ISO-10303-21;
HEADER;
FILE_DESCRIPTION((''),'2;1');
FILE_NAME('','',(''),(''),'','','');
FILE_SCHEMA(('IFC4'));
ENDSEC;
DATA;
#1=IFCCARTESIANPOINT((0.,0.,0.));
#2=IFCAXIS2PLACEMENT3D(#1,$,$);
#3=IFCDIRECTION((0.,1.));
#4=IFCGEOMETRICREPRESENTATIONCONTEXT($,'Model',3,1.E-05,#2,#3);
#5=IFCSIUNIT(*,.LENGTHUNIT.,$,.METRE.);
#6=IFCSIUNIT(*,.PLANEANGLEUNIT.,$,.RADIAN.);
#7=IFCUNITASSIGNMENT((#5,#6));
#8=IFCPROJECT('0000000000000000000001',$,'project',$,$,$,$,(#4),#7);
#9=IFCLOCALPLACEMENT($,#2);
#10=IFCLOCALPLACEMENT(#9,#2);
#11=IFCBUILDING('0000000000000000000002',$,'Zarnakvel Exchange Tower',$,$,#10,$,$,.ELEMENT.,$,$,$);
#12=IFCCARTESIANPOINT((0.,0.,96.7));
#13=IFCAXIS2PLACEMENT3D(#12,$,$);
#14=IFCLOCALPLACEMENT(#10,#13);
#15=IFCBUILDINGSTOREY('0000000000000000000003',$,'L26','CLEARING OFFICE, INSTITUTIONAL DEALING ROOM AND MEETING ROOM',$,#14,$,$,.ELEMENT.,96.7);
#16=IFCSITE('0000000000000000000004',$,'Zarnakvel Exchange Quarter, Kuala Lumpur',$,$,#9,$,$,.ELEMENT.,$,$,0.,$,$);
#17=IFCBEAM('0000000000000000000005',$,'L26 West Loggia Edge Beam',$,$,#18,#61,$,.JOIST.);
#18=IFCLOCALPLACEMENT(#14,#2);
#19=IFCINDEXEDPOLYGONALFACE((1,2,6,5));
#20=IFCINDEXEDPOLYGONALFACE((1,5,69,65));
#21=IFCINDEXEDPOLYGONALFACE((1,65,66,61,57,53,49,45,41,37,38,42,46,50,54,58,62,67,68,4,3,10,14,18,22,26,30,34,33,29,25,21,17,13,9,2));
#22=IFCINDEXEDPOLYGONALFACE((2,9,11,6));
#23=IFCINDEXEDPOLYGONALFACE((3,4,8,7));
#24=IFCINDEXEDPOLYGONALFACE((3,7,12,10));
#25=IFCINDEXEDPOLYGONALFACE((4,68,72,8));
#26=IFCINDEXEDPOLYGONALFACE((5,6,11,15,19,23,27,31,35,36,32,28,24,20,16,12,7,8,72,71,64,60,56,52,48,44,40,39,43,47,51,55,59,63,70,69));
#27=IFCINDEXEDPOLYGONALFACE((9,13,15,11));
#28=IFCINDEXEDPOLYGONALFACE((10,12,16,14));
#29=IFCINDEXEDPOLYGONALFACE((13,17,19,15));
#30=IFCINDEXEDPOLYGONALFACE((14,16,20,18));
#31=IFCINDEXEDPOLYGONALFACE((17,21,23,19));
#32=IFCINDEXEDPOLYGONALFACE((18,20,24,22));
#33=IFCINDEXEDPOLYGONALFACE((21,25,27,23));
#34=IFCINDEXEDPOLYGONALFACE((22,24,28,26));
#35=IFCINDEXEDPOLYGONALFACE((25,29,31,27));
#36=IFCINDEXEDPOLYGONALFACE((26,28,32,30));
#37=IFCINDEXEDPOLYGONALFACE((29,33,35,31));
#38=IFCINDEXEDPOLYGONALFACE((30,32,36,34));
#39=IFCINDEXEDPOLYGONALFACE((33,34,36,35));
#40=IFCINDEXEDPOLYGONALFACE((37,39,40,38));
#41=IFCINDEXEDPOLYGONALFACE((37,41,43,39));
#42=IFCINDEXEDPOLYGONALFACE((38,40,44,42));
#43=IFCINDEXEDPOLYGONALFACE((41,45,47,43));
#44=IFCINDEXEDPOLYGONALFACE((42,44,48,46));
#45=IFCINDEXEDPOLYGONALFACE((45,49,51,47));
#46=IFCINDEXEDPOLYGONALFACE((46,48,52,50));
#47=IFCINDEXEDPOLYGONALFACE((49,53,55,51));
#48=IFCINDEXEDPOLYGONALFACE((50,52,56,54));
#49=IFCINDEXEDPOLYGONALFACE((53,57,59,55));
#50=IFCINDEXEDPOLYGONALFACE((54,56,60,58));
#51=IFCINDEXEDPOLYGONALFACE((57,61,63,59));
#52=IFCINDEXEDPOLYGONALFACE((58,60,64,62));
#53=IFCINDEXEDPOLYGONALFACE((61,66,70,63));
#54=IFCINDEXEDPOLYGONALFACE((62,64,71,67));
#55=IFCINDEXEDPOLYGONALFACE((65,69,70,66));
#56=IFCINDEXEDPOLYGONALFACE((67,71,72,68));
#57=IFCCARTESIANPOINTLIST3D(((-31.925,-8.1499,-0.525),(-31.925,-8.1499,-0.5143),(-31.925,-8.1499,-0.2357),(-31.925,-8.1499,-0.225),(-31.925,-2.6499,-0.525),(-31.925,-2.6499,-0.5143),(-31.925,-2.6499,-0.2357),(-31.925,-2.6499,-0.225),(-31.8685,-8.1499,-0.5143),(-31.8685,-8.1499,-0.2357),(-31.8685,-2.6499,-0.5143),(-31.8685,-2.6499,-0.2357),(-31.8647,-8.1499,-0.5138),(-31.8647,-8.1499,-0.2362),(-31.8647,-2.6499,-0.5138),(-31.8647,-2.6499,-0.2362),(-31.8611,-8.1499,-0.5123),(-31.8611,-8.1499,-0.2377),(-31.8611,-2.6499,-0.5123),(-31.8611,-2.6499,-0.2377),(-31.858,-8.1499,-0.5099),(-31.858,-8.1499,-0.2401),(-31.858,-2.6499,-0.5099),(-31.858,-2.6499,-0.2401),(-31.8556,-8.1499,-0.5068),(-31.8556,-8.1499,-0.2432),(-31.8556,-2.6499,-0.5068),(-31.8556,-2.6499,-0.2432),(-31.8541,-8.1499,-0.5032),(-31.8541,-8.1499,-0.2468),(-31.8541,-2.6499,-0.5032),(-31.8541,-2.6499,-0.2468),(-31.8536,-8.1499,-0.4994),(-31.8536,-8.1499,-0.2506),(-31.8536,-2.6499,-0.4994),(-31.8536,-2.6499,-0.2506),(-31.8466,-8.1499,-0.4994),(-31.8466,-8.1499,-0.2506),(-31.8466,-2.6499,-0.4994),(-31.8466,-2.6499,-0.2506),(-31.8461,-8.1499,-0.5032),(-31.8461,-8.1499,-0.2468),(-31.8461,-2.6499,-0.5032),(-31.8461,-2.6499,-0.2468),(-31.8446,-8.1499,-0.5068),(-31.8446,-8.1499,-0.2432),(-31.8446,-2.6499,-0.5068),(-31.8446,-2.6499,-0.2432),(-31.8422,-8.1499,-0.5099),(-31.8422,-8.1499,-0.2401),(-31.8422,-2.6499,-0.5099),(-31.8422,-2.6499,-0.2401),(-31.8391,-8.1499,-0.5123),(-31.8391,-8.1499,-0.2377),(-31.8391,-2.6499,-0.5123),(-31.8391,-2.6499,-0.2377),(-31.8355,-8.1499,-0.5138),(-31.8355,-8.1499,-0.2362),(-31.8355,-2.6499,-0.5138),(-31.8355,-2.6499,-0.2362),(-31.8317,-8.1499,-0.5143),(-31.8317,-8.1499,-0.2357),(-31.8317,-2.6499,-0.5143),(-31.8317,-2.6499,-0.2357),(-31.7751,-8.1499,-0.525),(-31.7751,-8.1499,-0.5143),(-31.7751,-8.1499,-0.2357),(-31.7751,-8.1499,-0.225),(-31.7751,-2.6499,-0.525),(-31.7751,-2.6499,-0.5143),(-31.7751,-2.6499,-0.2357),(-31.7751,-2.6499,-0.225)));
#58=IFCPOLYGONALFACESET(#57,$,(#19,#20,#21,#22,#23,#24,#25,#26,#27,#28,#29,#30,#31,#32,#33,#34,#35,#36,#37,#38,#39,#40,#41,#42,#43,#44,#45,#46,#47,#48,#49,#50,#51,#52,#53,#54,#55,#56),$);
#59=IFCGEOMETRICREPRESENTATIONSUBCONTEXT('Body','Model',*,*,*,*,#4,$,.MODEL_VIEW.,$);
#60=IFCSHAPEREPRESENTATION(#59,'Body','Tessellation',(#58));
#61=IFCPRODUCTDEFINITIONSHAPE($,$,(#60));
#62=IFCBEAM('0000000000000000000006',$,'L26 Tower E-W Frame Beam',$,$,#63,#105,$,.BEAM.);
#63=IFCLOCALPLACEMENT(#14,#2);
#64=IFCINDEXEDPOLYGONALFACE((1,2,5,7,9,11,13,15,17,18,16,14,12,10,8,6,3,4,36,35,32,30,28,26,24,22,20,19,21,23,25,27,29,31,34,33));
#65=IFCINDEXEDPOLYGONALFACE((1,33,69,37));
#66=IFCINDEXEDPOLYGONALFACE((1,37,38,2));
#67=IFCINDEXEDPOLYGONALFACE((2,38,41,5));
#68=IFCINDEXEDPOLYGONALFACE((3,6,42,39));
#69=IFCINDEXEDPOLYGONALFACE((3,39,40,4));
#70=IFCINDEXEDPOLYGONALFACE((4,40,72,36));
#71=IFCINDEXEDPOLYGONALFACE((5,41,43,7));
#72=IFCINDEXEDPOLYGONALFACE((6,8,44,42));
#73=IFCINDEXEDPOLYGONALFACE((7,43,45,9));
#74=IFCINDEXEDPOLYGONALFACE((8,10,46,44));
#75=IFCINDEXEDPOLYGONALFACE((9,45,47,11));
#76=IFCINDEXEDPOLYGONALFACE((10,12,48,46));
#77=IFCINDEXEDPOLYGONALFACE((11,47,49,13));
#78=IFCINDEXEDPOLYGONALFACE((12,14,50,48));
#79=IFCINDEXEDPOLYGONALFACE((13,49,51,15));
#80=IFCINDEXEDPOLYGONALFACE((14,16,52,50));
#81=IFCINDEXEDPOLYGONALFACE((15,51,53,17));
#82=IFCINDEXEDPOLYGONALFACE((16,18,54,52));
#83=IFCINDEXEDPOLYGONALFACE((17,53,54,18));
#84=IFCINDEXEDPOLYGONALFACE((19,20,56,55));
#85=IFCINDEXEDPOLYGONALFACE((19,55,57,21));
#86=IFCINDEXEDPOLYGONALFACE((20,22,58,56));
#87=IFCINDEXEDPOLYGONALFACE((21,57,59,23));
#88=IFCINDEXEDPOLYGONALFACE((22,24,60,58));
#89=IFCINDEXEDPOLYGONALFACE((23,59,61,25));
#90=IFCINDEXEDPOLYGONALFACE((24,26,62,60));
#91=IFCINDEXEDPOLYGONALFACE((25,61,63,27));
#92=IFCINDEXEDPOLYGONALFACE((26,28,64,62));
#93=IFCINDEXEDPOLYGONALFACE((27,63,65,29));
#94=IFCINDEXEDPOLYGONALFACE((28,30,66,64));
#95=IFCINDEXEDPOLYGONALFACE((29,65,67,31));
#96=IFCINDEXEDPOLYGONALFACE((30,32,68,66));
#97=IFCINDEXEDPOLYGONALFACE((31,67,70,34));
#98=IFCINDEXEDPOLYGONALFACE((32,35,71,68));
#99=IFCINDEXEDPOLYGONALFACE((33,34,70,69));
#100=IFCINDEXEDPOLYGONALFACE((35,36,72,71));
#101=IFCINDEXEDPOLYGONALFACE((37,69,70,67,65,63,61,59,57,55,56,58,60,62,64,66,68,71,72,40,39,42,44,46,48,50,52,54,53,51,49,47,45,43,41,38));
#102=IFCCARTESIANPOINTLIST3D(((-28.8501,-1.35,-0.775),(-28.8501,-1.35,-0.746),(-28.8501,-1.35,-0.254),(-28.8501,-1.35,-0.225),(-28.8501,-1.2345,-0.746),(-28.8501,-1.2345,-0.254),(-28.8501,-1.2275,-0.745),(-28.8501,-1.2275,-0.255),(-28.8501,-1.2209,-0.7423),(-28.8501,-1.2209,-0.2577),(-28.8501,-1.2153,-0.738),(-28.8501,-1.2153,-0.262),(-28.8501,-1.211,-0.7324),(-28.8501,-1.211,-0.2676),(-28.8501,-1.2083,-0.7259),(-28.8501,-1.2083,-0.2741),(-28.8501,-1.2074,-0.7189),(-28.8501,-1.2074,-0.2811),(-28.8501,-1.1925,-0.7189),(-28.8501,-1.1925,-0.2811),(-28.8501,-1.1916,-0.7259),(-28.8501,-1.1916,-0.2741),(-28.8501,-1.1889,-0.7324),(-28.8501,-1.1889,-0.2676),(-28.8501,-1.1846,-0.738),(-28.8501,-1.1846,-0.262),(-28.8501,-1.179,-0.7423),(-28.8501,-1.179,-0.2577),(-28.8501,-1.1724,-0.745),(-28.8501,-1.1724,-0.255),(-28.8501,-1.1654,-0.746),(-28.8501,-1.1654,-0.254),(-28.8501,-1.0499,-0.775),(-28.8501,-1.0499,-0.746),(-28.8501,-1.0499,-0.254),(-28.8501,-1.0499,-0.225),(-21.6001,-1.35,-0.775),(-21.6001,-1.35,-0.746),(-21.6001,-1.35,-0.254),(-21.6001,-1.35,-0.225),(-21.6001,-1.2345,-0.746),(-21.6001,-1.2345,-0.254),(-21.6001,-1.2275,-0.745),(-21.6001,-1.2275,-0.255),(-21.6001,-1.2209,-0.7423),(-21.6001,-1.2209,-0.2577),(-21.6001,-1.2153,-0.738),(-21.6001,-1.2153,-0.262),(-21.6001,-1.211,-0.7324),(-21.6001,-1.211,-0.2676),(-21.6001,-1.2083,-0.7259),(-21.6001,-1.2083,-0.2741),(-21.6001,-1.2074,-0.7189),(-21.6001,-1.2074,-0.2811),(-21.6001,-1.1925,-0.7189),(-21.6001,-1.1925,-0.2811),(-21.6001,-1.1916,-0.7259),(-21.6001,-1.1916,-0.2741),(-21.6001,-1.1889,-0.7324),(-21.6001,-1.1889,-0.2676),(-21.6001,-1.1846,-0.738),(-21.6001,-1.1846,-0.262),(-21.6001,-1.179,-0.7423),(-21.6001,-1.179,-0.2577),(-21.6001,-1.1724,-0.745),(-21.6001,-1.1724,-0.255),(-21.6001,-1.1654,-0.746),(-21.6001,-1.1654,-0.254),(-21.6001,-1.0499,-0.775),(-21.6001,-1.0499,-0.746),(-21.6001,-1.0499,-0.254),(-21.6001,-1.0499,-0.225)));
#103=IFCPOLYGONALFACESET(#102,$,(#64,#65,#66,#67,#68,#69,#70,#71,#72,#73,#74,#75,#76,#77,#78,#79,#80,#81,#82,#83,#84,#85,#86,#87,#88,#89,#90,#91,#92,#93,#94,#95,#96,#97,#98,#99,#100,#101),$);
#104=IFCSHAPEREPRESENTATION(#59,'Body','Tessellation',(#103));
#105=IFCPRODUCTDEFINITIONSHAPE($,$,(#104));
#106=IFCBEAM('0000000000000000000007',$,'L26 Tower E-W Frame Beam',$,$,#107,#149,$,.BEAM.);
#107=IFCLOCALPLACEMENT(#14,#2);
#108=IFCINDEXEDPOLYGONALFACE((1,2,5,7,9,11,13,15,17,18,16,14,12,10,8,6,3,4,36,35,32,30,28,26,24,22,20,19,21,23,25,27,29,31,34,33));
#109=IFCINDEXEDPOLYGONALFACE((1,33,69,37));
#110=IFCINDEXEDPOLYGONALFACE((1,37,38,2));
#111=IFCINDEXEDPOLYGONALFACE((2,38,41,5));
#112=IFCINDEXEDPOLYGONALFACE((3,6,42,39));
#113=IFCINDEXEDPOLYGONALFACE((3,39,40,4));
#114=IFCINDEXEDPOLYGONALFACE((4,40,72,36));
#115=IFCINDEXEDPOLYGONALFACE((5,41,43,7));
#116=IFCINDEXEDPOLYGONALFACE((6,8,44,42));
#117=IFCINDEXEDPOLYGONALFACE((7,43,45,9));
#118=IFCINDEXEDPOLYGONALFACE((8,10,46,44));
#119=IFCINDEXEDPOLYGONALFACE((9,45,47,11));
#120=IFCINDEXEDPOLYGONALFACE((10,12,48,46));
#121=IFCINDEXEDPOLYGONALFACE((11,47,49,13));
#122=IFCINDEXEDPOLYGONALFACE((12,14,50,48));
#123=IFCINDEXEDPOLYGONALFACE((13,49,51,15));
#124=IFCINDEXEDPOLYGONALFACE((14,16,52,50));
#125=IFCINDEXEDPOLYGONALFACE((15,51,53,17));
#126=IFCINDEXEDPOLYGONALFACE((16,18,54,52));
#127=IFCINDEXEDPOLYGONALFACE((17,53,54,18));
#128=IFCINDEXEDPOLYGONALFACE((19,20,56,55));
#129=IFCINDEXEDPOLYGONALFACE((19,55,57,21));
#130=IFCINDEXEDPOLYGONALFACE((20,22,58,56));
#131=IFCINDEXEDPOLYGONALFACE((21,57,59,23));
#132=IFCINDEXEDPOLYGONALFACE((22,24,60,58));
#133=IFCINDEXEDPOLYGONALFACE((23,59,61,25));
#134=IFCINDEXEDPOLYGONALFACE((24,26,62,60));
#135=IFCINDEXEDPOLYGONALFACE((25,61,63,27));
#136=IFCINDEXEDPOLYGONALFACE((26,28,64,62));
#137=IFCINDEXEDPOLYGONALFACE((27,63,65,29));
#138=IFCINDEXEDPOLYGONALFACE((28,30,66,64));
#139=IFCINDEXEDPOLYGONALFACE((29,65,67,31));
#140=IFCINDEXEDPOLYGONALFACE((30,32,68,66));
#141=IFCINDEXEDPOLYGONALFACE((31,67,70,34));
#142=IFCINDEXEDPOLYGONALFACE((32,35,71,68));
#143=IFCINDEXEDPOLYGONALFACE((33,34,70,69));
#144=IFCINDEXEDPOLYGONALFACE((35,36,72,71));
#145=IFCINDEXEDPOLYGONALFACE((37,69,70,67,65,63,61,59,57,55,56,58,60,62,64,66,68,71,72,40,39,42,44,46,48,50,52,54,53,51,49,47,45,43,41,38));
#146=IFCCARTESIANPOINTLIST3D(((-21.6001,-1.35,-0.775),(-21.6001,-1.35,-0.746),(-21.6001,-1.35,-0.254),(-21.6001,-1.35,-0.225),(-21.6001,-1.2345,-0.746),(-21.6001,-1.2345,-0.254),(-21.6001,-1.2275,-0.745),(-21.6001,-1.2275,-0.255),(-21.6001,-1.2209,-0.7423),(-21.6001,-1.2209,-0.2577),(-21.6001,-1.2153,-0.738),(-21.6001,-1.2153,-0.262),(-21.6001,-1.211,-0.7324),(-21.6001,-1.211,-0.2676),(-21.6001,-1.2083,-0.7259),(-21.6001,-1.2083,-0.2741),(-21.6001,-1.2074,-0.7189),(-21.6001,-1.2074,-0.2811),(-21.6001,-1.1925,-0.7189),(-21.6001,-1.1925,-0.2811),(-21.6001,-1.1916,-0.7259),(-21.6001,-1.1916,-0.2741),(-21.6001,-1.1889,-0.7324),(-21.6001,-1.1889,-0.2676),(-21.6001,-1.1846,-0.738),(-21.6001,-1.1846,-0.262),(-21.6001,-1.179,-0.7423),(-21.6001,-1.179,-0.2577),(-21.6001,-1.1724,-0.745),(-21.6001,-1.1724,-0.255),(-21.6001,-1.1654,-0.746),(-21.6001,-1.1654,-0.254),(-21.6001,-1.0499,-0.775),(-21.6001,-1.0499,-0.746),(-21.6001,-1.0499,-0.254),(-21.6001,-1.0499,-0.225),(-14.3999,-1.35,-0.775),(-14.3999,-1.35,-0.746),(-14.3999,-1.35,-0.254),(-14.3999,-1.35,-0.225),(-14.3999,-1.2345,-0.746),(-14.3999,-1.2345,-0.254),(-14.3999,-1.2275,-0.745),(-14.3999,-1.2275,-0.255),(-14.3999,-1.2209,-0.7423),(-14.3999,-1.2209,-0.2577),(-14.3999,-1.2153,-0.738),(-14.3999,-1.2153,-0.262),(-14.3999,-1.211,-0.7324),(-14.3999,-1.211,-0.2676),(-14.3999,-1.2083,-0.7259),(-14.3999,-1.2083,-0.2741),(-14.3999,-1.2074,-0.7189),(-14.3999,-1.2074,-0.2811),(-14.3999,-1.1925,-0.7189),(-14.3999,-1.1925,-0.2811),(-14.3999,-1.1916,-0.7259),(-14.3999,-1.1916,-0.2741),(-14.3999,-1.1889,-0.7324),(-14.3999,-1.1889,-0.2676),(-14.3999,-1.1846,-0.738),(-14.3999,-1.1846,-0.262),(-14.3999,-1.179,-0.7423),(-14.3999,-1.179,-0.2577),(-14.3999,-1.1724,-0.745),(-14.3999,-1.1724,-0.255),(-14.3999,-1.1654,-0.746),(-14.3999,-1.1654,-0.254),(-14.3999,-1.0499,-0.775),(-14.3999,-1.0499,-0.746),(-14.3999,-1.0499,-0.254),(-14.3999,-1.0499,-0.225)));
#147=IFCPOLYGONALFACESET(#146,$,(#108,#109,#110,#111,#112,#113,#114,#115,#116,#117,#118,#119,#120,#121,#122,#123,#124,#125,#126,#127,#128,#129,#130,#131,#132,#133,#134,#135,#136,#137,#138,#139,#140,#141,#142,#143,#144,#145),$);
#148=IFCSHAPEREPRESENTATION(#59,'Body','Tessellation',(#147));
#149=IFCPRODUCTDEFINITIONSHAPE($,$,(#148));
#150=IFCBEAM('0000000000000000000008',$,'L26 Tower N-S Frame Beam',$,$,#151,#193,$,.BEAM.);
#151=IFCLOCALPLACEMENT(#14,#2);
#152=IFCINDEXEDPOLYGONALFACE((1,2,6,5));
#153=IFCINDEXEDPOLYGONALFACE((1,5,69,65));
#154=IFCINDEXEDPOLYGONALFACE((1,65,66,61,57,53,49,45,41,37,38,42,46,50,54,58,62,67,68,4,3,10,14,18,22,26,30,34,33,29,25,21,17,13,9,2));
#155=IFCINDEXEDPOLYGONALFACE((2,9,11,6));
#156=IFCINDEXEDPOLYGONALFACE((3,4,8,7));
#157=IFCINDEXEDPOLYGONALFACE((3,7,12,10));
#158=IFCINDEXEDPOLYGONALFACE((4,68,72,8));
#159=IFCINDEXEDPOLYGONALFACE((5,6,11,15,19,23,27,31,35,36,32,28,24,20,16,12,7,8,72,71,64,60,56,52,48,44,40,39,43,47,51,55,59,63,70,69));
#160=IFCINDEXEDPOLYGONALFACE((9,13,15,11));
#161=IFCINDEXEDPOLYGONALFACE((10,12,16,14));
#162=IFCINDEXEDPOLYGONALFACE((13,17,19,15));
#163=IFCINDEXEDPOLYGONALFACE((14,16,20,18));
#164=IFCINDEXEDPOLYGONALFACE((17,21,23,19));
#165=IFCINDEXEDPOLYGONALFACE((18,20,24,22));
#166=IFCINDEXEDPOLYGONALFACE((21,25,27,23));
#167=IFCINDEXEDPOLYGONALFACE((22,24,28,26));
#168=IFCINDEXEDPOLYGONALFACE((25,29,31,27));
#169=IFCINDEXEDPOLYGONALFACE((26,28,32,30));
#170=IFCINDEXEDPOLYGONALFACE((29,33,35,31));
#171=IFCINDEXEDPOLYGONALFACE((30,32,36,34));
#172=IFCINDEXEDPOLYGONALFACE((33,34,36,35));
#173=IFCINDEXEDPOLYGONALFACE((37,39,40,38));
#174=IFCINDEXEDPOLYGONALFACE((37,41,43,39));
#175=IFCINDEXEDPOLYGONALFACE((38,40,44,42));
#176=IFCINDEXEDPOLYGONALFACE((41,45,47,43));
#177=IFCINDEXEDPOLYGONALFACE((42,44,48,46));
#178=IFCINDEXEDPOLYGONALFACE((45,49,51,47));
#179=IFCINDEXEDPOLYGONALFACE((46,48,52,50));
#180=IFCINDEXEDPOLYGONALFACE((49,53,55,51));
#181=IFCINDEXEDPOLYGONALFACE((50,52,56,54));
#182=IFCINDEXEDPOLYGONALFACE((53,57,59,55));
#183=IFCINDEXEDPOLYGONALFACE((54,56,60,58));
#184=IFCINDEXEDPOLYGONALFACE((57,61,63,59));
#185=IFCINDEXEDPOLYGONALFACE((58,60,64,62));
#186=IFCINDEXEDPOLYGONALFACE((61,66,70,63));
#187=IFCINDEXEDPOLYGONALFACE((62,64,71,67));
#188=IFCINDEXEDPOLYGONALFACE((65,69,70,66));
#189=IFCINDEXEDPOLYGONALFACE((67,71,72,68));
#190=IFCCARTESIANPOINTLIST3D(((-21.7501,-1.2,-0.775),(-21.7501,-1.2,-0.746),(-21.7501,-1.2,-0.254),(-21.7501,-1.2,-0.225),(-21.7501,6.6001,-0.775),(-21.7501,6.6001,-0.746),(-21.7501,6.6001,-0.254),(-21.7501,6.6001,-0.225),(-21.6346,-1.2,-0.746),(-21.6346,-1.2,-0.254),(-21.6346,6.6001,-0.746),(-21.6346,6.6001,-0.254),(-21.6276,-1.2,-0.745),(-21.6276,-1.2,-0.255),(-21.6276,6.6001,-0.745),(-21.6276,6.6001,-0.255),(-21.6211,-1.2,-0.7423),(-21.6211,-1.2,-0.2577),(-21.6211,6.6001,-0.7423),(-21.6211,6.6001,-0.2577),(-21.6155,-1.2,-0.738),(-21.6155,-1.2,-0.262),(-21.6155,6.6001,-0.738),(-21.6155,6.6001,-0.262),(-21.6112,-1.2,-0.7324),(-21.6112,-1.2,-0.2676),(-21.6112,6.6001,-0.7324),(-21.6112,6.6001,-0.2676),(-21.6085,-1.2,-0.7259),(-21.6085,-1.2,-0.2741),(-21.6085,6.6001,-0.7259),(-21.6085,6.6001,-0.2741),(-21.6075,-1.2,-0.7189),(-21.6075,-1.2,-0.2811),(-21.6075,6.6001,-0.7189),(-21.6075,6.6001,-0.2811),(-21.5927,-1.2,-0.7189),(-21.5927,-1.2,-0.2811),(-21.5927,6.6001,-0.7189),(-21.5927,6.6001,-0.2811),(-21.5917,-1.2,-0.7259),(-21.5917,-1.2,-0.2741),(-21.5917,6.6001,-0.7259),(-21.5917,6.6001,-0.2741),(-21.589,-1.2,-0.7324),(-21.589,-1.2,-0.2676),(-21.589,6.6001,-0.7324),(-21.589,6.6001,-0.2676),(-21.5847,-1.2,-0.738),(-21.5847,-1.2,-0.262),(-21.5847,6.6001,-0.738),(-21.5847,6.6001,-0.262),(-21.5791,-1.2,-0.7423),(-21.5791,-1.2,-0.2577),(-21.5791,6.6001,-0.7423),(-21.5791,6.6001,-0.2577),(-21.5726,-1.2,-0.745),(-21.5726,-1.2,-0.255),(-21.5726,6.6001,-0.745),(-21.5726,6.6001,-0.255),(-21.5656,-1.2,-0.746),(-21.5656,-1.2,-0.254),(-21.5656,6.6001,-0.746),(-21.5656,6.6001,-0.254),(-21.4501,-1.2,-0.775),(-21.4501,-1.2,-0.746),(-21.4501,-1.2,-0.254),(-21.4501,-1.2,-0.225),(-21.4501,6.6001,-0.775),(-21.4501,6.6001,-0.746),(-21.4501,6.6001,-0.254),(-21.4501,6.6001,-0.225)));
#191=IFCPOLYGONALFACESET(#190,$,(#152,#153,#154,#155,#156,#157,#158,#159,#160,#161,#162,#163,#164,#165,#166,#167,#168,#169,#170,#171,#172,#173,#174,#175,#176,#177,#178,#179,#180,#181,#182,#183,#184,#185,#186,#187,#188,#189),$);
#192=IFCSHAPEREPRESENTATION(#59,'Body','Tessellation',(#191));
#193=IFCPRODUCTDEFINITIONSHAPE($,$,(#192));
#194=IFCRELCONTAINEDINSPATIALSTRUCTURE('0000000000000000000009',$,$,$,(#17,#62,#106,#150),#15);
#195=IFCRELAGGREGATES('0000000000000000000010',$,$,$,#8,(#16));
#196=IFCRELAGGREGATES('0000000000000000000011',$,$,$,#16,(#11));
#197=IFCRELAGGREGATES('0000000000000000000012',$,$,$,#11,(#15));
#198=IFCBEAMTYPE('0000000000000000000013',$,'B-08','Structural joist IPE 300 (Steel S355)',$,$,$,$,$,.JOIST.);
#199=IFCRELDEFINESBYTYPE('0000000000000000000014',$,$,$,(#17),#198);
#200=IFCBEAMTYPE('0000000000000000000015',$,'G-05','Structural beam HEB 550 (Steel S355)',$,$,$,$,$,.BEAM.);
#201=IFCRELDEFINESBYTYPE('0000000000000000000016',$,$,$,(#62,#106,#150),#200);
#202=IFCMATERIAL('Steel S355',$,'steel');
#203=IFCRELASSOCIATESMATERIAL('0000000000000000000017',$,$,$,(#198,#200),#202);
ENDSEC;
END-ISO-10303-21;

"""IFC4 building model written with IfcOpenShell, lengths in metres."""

from ifc_helpers import new_model, si_unit, direction, frame, origin, origin_2d, place, context, subcontext, project, spatial, i_section, extrude, material, material_profile, profile_set, type_object, element, save


model = new_model("IFC4")

# Units and contexts
model_context = context("Model", 3, precision=1e-05, world=origin(), true_north=direction((0.0, 1.0)))
body_context = subcontext(model_context, "Body", "Model", "MODEL_VIEW")
ifc_project = project(units=[si_unit("LENGTHUNIT", "METRE"), si_unit("PLANEANGLEUNIT", "RADIAN")], contexts=[model_context])

# Site, building, storey
site_placement = place(None, origin())
site = spatial("IfcSite", under=ifc_project, at=site_placement, Name="Zarnakvel Exchange Quarter, Kuala Lumpur", CompositionType="ELEMENT", RefElevation=0.0)
building_placement = place(site_placement, origin())
building = spatial("IfcBuilding", under=site, at=building_placement, Name="Zarnakvel Exchange Tower", CompositionType="ELEMENT")
storey_placement = place(building_placement, frame((0.0, 0.0, 96.7)))
storey = spatial("IfcBuildingStorey", under=building, at=storey_placement, Name="L26", Description="CLEARING OFFICE, INSTITUTIONAL DEALING ROOM AND MEETING ROOM", CompositionType="ELEMENT", Elevation=96.7)

# Shared definitions
ifc_material_1 = material(Name="Steel S355", Category="steel")

# Beams
ifc_material_profile_1 = material_profile(ifc_material_1, i_section(OverallWidth=0.1499, OverallDepth=0.3, WebThickness=0.0071, FlangeThickness=0.0107, FilletRadius=0.0149, at=origin_2d()))
ifc_profile_set_1 = profile_set([ifc_material_profile_1], Name="Steel S355")
beam_type_1 = type_object("IfcBeamType", Name="B-08", Description="Structural joist IPE 300 (Steel S355)", PredefinedType="JOIST", material=ifc_profile_set_1)
beam_1_placement = place(storey_placement, frame((-31.8501, -8.1499, -0.375), z_axis=(0.0, 1.0, 0.0), x_axis=(-1.0, 0.0, 0.0)))
element("IfcBeam", 1, at=beam_1_placement, inside=storey, type_object=beam_type_1, Name="L26 West Loggia Edge Beam", PredefinedType="JOIST", context=body_context, shape_type="SweptSolid", body=[
    extrude(i_section(OverallWidth=0.1499, OverallDepth=0.3, WebThickness=0.0071, FlangeThickness=0.0107, FilletRadius=0.0149, at=origin_2d()), origin(), (0.0, 0.0, 1.0), 5.5),
])
ifc_material_profile_2 = material_profile(ifc_material_1, i_section(OverallWidth=0.3, OverallDepth=0.55, WebThickness=0.0149, FlangeThickness=0.0291, FilletRadius=0.0271, at=origin_2d()))
ifc_profile_set_2 = profile_set([ifc_material_profile_2], Name="Steel S355")
beam_type_2 = type_object("IfcBeamType", Name="G-05", Description="Structural beam HEB 550 (Steel S355)", PredefinedType="BEAM", material=ifc_profile_set_2)
beam_2_placement = place(storey_placement, frame((-28.8501, -1.2, -0.5), z_axis=(1.0, 0.0, 0.0), x_axis=(0.0, 1.0, 0.0)))
element("IfcBeam", 2, at=beam_2_placement, inside=storey, type_object=beam_type_2, Name="L26 Tower E-W Frame Beam", PredefinedType="BEAM", context=body_context, shape_type="SweptSolid", body=[
    extrude(i_section(OverallWidth=0.3, OverallDepth=0.55, WebThickness=0.0149, FlangeThickness=0.0291, FilletRadius=0.0271, at=origin_2d()), origin(), (0.0, 0.0, 1.0), 7.25),
])
beam_3_placement = place(storey_placement, frame((-21.6001, -1.2, -0.5), z_axis=(1.0, 0.0, 0.0), x_axis=(0.0, 1.0, 0.0)))
element("IfcBeam", 3, at=beam_3_placement, inside=storey, type_object=beam_type_2, Name="L26 Tower E-W Frame Beam", PredefinedType="BEAM", context=body_context, shape_type="SweptSolid", body=[
    extrude(i_section(OverallWidth=0.3, OverallDepth=0.55, WebThickness=0.0149, FlangeThickness=0.0291, FilletRadius=0.0271, at=origin_2d()), origin(), (0.0, 0.0, 1.0), 7.2002),
])
beam_4_placement = place(storey_placement, frame((-21.6001, -1.2, -0.5), z_axis=(0.0, 1.0, 0.0), x_axis=(-1.0, 0.0, 0.0)))
element("IfcBeam", 4, at=beam_4_placement, inside=storey, type_object=beam_type_2, Name="L26 Tower N-S Frame Beam", PredefinedType="BEAM", context=body_context, shape_type="SweptSolid", body=[
    extrude(i_section(OverallWidth=0.3, OverallDepth=0.55, WebThickness=0.0149, FlangeThickness=0.0291, FilletRadius=0.0271, at=origin_2d()), origin(), (0.0, 0.0, 1.0), 7.8),
])

save(model, "model.ifc")
